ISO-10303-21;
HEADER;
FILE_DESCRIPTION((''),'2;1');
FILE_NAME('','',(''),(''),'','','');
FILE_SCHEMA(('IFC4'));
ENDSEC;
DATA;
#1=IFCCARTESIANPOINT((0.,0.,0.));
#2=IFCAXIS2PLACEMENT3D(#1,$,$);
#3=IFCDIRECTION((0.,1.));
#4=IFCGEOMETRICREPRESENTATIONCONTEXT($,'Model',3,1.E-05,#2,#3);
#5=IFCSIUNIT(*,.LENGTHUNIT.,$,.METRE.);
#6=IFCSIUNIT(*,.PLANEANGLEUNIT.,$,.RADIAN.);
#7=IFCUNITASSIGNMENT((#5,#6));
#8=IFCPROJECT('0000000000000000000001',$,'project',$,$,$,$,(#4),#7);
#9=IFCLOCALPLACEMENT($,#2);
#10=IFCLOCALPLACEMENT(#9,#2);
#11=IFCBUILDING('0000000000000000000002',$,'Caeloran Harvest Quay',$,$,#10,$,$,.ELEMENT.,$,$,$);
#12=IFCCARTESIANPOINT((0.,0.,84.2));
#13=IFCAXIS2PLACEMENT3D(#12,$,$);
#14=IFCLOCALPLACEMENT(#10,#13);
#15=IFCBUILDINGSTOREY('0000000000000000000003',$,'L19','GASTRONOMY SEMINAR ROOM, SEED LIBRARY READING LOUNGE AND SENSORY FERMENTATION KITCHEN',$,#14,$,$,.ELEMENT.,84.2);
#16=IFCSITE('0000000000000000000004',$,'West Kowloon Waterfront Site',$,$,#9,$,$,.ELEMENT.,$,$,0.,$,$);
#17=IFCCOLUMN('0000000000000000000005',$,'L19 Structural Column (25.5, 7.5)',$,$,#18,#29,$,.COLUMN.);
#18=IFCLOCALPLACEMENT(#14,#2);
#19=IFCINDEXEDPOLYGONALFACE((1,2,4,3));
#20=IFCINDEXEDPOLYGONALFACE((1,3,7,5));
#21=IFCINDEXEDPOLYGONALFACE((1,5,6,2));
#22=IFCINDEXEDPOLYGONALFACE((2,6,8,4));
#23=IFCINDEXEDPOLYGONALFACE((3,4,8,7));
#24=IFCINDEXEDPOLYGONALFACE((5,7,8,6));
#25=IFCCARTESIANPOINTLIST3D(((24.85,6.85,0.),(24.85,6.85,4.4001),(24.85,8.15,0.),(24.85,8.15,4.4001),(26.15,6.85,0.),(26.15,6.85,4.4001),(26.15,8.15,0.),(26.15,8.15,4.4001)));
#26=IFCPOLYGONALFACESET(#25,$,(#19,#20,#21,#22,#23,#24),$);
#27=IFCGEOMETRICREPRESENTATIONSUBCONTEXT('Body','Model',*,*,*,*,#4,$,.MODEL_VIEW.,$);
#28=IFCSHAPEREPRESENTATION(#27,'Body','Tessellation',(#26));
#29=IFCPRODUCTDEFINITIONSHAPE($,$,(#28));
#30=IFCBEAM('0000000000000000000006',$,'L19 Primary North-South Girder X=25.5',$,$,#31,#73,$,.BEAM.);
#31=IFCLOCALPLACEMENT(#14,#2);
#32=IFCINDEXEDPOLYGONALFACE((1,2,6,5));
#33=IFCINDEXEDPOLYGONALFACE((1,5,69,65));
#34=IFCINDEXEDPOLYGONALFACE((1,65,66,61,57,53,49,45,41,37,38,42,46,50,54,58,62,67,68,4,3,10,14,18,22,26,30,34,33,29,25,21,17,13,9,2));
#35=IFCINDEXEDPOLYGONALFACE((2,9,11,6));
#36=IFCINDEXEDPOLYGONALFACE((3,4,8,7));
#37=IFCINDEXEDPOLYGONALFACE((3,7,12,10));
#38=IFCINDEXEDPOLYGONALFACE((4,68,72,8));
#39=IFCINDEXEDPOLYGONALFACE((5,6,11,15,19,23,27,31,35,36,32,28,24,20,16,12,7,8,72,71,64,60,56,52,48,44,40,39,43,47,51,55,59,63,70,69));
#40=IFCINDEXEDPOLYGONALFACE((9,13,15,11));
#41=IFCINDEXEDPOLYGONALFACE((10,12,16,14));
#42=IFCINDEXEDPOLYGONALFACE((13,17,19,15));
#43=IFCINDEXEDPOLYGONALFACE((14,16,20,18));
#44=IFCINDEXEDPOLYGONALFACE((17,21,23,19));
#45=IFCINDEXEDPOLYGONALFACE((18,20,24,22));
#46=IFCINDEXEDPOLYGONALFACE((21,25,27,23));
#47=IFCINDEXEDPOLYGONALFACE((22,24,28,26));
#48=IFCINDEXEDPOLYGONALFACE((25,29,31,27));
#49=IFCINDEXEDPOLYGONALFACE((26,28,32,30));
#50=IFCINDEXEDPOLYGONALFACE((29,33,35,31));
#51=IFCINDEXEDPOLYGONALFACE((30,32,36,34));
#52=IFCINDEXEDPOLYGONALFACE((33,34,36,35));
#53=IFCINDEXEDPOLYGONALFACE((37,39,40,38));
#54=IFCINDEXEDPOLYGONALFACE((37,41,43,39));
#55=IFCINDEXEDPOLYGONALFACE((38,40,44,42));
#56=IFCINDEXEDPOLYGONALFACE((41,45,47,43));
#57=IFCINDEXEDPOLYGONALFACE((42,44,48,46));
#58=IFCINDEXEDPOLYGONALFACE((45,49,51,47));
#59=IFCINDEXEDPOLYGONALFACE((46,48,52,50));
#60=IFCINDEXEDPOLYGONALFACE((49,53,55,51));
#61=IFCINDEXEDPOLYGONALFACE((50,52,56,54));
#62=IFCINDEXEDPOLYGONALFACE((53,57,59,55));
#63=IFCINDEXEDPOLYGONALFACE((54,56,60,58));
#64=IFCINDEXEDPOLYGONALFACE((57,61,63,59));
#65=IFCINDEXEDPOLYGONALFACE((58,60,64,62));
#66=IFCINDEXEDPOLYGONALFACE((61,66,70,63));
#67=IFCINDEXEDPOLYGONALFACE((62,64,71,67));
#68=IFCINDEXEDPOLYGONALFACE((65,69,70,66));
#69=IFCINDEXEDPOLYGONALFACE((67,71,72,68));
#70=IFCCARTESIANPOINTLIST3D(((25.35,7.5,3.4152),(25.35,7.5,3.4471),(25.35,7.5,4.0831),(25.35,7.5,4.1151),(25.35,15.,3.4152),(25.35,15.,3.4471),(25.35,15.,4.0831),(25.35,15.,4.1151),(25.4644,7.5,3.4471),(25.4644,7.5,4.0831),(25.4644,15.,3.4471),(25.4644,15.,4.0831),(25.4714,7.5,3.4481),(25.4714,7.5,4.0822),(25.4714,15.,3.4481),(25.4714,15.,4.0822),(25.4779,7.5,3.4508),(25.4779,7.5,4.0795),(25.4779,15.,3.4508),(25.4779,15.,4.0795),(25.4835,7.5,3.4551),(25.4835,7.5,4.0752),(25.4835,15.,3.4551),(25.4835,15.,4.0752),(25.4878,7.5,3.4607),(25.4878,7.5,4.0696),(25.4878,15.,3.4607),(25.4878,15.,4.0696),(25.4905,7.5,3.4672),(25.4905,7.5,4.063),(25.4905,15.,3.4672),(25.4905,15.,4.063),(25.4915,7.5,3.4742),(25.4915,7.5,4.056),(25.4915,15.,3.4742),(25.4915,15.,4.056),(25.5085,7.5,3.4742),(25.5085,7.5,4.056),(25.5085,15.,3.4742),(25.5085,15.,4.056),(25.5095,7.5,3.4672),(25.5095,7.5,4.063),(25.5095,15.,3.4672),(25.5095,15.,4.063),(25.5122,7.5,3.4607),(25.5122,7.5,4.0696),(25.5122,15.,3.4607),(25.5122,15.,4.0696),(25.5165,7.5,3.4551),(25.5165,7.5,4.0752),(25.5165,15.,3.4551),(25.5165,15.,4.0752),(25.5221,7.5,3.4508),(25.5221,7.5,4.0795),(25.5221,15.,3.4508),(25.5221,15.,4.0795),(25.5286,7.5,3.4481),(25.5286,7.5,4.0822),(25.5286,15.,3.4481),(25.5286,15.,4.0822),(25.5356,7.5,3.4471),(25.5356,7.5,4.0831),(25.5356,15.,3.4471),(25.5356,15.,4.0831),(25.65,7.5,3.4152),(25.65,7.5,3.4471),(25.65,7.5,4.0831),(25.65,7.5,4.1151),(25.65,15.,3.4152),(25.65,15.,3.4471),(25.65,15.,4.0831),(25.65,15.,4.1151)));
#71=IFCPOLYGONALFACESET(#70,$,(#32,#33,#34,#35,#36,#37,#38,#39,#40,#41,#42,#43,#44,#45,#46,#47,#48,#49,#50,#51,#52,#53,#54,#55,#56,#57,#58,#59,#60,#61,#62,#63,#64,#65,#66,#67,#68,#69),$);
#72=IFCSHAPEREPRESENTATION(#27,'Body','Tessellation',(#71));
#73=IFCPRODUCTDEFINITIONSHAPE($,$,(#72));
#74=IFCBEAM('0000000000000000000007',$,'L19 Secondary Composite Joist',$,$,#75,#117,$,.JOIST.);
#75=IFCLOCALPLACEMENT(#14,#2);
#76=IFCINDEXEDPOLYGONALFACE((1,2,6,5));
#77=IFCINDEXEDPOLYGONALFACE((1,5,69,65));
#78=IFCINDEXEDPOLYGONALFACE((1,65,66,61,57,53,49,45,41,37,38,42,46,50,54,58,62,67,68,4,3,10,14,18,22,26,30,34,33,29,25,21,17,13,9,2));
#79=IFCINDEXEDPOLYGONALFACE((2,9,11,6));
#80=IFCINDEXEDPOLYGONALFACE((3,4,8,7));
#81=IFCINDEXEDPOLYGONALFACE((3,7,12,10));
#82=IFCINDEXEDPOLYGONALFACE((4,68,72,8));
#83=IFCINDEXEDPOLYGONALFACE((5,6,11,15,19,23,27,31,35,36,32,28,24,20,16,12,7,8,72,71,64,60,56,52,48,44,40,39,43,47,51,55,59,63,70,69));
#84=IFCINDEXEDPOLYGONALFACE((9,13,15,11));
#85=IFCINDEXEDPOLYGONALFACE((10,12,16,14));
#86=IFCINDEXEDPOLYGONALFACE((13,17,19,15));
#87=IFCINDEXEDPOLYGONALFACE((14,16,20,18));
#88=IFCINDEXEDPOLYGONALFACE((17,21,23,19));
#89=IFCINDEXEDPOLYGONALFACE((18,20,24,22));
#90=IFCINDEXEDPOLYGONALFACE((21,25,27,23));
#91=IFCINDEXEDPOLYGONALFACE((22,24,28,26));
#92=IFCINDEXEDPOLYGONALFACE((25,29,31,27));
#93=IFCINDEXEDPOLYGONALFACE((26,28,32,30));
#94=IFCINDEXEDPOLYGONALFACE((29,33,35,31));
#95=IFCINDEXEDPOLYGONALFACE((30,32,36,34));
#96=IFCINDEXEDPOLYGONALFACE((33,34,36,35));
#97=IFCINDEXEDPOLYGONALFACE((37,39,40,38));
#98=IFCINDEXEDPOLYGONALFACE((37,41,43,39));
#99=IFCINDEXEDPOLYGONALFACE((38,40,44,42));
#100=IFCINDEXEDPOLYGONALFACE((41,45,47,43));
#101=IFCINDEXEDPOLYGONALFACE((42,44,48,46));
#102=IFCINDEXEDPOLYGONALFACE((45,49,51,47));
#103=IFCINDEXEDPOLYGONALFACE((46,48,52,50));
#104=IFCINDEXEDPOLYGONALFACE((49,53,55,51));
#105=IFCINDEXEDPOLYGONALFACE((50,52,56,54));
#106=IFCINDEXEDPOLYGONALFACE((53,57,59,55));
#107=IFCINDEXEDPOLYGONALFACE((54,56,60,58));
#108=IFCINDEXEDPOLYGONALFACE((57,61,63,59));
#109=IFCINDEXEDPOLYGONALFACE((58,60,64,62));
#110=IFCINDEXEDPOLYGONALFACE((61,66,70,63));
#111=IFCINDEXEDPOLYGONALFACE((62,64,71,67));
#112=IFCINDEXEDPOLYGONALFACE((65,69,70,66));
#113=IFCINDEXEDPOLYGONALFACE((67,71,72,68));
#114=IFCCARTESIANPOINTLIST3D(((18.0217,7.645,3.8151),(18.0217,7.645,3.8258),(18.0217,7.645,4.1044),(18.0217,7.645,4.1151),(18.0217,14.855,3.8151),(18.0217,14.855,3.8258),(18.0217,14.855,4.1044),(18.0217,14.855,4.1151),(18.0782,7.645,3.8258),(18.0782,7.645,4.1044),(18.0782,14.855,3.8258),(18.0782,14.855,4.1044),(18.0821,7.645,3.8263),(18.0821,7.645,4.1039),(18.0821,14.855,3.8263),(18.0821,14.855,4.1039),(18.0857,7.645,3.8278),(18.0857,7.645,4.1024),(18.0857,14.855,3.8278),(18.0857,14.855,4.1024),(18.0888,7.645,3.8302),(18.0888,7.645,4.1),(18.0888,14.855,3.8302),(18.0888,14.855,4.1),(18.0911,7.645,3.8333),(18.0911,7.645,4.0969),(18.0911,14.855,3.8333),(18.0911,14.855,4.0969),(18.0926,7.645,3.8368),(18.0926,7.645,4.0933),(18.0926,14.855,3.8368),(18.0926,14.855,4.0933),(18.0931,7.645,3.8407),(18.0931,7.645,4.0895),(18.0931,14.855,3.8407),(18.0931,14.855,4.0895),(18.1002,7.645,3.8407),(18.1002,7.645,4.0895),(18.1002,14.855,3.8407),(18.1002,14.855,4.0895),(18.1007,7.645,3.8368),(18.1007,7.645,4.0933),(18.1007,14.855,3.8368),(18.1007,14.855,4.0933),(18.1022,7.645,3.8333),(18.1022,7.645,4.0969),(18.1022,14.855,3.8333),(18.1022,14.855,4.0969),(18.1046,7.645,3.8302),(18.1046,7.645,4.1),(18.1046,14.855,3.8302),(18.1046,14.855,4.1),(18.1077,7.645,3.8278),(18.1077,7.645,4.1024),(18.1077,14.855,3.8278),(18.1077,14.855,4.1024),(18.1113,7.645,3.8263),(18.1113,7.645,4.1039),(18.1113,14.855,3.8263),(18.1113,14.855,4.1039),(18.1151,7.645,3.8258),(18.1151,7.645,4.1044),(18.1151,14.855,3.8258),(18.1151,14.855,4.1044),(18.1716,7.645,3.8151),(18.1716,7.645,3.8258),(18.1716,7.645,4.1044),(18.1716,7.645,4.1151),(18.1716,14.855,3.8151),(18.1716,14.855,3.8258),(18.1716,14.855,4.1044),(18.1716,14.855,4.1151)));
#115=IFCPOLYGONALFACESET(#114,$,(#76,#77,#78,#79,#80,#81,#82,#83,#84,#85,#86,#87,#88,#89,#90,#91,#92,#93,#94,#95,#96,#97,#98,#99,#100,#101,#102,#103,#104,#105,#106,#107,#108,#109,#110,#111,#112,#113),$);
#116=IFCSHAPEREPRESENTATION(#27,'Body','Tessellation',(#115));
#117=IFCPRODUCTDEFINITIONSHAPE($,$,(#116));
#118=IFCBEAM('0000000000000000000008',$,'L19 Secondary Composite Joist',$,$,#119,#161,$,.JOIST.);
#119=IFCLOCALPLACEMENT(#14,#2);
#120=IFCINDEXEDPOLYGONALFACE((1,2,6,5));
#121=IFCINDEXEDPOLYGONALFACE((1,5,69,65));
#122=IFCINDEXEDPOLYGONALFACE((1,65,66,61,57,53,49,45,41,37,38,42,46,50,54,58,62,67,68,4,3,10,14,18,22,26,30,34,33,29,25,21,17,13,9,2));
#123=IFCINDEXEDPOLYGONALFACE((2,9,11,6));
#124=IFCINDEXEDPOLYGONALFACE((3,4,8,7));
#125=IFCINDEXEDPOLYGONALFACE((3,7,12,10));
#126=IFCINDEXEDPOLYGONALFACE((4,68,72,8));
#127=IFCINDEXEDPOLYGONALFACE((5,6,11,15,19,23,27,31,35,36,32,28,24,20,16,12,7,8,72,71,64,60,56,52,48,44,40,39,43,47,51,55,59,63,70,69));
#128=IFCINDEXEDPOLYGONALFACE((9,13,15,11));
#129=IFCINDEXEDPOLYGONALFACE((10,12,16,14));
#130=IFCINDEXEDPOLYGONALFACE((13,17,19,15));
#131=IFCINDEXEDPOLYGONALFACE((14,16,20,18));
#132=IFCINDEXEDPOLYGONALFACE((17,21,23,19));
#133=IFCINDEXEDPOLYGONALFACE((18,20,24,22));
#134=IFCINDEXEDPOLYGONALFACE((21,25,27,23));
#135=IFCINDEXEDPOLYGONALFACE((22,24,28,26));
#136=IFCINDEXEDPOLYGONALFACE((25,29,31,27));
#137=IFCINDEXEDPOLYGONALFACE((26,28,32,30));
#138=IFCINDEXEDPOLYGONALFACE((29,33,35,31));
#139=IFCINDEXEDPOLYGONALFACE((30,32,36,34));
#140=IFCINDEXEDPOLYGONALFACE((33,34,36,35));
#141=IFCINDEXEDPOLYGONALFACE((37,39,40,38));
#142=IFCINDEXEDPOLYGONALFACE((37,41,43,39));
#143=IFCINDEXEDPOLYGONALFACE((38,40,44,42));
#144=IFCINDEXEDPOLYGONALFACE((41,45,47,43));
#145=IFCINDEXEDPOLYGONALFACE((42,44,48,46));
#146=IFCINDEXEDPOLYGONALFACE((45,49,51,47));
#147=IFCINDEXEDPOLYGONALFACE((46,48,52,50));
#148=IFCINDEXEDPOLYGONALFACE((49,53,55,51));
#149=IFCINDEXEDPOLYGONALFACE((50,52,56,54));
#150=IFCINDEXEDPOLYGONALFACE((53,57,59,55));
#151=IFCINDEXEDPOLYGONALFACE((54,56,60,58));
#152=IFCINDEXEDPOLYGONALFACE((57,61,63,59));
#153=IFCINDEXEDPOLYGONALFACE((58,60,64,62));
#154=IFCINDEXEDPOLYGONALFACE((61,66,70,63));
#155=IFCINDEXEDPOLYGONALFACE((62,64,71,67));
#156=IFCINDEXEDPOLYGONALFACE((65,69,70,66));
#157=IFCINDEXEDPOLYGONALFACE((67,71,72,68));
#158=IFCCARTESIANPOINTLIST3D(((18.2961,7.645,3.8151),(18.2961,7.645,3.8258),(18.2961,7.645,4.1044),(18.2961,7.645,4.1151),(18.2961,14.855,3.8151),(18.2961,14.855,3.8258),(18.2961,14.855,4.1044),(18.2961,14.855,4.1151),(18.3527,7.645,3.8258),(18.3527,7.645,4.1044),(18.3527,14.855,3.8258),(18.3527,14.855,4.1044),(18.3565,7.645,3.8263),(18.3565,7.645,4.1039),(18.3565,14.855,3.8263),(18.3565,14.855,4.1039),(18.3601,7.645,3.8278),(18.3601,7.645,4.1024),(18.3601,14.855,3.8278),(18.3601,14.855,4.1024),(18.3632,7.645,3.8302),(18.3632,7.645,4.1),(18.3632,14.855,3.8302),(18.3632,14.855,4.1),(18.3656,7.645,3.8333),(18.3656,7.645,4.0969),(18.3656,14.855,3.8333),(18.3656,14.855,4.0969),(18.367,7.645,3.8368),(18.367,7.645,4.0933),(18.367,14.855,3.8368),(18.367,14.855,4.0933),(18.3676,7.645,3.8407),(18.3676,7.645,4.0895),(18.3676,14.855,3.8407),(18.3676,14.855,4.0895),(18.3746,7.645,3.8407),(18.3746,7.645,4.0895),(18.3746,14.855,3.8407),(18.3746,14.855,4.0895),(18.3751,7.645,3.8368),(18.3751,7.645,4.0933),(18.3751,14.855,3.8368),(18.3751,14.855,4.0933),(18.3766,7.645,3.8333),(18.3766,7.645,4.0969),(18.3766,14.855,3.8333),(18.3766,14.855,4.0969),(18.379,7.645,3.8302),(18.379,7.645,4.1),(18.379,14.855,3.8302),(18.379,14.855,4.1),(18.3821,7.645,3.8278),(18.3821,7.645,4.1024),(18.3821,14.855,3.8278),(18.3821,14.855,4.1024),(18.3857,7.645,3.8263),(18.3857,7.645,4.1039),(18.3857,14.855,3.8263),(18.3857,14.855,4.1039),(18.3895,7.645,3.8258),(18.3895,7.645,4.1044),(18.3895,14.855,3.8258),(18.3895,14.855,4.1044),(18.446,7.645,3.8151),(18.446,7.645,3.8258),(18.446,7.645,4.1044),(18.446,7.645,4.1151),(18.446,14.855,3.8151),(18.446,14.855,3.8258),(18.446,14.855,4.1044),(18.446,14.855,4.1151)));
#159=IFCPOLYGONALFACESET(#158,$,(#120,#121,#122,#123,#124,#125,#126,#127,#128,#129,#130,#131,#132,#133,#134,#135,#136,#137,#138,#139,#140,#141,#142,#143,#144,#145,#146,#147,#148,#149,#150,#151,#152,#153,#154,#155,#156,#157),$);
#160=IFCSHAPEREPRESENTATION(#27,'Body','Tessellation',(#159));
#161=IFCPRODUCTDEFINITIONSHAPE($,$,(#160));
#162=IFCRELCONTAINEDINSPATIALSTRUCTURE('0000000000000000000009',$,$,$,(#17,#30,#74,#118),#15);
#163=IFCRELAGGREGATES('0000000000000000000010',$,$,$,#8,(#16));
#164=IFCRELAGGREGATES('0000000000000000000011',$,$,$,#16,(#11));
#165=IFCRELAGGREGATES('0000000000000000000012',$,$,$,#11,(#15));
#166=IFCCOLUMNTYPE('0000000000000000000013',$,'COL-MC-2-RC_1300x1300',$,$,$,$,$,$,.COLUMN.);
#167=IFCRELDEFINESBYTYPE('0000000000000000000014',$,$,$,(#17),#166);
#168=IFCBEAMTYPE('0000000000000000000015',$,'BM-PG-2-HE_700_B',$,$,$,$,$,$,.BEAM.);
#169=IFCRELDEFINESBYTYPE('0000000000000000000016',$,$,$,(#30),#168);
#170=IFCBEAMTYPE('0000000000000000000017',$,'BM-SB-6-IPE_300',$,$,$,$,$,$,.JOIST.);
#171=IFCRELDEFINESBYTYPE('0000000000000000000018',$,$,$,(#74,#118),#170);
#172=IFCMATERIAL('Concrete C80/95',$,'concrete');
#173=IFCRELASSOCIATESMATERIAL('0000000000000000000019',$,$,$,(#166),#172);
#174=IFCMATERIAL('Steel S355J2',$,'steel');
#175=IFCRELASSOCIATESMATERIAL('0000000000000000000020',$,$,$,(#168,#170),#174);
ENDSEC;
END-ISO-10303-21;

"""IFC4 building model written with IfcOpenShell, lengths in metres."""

from ifc_helpers import new_model, si_unit, direction, frame, origin, origin_2d, place, context, subcontext, project, spatial, rectangle, i_section, extrude, material, material_profile, profile_set, type_object, element, save


model = new_model("IFC4")

# Units and contexts
model_context = context("Model", 3, precision=1e-05, world=origin(), true_north=direction((0.0, 1.0)))
body_context = subcontext(model_context, "Body", "Model", "MODEL_VIEW")
ifc_project = project(units=[si_unit("LENGTHUNIT", "METRE"), si_unit("PLANEANGLEUNIT", "RADIAN")], contexts=[model_context])

# Site, building, storey
site_placement = place(None, origin())
site = spatial("IfcSite", under=ifc_project, at=site_placement, Name="West Kowloon Waterfront Site", CompositionType="ELEMENT", RefElevation=0.0)
building_placement = place(site_placement, origin())
building = spatial("IfcBuilding", under=site, at=building_placement, Name="Caeloran Harvest Quay", CompositionType="ELEMENT")
storey_placement = place(building_placement, frame((0.0, 0.0, 84.2)))
storey = spatial("IfcBuildingStorey", under=building, at=storey_placement, Name="L19", Description="GASTRONOMY SEMINAR ROOM, SEED LIBRARY READING LOUNGE AND SENSORY FERMENTATION KITCHEN", CompositionType="ELEMENT", Elevation=84.2)

# Column
ifc_material_1 = material(Name="Concrete C80/95", Category="concrete")
ifc_material_profile_1 = material_profile(ifc_material_1, rectangle(XDim=1.3, YDim=1.3, at=origin_2d()), Name="RC 1300x1300")
ifc_profile_set_1 = profile_set([ifc_material_profile_1], Name="Concrete C80/95")
column_type = type_object("IfcColumnType", Name="COL-MC-2-RC_1300x1300", PredefinedType="COLUMN", material=ifc_profile_set_1)
column_placement = place(storey_placement, frame((25.5, 7.5, 0.0), z_axis=(0.0, 0.0, 1.0), x_axis=(1.0, 0.0, 0.0)))
element("IfcColumn", 1, at=column_placement, inside=storey, type_object=column_type, Name="L19 Structural Column (25.5, 7.5)", PredefinedType="COLUMN", context=body_context, shape_type="SweptSolid", body=[
    extrude(rectangle(XDim=1.3, YDim=1.3, at=origin_2d()), origin(), (0.0, 0.0, 1.0), 4.4001),
])

# Beams
ifc_material_2 = material(Name="Steel S355J2", Category="steel")
ifc_material_profile_2 = material_profile(ifc_material_2, i_section(OverallWidth=0.3, OverallDepth=0.7, WebThickness=0.0171, FlangeThickness=0.032, FilletRadius=0.0271, at=origin_2d()), Name="HE 700 B")
ifc_profile_set_2 = profile_set([ifc_material_profile_2], Name="Steel S355J2")
beam_type_1 = type_object("IfcBeamType", Name="BM-PG-2-HE_700_B", PredefinedType="BEAM", material=ifc_profile_set_2)
beam_placement = place(storey_placement, frame((25.5, 7.5, 3.7651), z_axis=(0.0, 1.0, 0.0), x_axis=(-1.0, 0.0, 0.0)))
element("IfcBeam", 2, at=beam_placement, inside=storey, type_object=beam_type_1, Name="L19 Primary North-South Girder X=25.5", PredefinedType="BEAM", context=body_context, shape_type="SweptSolid", body=[
    extrude(i_section(OverallWidth=0.3, OverallDepth=0.7, WebThickness=0.0171, FlangeThickness=0.032, FilletRadius=0.0271, at=origin_2d()), origin(), (0.0, 0.0, 1.0), 7.5),
])
ifc_material_profile_3 = material_profile(ifc_material_2, i_section(OverallWidth=0.1499, OverallDepth=0.3, WebThickness=0.0071, FlangeThickness=0.0107, FilletRadius=0.0149, at=origin_2d()), Name="IPE 300")
ifc_profile_set_3 = profile_set([ifc_material_profile_3], Name="Steel S355J2")
beam_type_2 = type_object("IfcBeamType", Name="BM-SB-6-IPE_300", PredefinedType="JOIST", material=ifc_profile_set_3)
for number, where, z_axis, x_axis, name in (
    (3, (18.0967, 7.645, 3.9651), (0.0, 1.0, 0.0), (-1.0, 0.0, 0.0), "L19 Secondary Composite Joist"),
    (4, (18.3711, 7.645, 3.9651), (0.0, 1.0, 0.0), (-1.0, 0.0, 0.0), "L19 Secondary Composite Joist"),
):
    element("IfcBeam", number, at=place(storey_placement, frame(where, z_axis=z_axis, x_axis=x_axis)), inside=storey, type_object=beam_type_2, Name=name, PredefinedType="JOIST", context=body_context, shape_type="SweptSolid", body=[
        extrude(i_section(OverallWidth=0.1499, OverallDepth=0.3, WebThickness=0.0071, FlangeThickness=0.0107, FilletRadius=0.0149, at=origin_2d()), origin(), (0.0, 0.0, 1.0), 7.21),
    ])

save(model, "model.ifc")
